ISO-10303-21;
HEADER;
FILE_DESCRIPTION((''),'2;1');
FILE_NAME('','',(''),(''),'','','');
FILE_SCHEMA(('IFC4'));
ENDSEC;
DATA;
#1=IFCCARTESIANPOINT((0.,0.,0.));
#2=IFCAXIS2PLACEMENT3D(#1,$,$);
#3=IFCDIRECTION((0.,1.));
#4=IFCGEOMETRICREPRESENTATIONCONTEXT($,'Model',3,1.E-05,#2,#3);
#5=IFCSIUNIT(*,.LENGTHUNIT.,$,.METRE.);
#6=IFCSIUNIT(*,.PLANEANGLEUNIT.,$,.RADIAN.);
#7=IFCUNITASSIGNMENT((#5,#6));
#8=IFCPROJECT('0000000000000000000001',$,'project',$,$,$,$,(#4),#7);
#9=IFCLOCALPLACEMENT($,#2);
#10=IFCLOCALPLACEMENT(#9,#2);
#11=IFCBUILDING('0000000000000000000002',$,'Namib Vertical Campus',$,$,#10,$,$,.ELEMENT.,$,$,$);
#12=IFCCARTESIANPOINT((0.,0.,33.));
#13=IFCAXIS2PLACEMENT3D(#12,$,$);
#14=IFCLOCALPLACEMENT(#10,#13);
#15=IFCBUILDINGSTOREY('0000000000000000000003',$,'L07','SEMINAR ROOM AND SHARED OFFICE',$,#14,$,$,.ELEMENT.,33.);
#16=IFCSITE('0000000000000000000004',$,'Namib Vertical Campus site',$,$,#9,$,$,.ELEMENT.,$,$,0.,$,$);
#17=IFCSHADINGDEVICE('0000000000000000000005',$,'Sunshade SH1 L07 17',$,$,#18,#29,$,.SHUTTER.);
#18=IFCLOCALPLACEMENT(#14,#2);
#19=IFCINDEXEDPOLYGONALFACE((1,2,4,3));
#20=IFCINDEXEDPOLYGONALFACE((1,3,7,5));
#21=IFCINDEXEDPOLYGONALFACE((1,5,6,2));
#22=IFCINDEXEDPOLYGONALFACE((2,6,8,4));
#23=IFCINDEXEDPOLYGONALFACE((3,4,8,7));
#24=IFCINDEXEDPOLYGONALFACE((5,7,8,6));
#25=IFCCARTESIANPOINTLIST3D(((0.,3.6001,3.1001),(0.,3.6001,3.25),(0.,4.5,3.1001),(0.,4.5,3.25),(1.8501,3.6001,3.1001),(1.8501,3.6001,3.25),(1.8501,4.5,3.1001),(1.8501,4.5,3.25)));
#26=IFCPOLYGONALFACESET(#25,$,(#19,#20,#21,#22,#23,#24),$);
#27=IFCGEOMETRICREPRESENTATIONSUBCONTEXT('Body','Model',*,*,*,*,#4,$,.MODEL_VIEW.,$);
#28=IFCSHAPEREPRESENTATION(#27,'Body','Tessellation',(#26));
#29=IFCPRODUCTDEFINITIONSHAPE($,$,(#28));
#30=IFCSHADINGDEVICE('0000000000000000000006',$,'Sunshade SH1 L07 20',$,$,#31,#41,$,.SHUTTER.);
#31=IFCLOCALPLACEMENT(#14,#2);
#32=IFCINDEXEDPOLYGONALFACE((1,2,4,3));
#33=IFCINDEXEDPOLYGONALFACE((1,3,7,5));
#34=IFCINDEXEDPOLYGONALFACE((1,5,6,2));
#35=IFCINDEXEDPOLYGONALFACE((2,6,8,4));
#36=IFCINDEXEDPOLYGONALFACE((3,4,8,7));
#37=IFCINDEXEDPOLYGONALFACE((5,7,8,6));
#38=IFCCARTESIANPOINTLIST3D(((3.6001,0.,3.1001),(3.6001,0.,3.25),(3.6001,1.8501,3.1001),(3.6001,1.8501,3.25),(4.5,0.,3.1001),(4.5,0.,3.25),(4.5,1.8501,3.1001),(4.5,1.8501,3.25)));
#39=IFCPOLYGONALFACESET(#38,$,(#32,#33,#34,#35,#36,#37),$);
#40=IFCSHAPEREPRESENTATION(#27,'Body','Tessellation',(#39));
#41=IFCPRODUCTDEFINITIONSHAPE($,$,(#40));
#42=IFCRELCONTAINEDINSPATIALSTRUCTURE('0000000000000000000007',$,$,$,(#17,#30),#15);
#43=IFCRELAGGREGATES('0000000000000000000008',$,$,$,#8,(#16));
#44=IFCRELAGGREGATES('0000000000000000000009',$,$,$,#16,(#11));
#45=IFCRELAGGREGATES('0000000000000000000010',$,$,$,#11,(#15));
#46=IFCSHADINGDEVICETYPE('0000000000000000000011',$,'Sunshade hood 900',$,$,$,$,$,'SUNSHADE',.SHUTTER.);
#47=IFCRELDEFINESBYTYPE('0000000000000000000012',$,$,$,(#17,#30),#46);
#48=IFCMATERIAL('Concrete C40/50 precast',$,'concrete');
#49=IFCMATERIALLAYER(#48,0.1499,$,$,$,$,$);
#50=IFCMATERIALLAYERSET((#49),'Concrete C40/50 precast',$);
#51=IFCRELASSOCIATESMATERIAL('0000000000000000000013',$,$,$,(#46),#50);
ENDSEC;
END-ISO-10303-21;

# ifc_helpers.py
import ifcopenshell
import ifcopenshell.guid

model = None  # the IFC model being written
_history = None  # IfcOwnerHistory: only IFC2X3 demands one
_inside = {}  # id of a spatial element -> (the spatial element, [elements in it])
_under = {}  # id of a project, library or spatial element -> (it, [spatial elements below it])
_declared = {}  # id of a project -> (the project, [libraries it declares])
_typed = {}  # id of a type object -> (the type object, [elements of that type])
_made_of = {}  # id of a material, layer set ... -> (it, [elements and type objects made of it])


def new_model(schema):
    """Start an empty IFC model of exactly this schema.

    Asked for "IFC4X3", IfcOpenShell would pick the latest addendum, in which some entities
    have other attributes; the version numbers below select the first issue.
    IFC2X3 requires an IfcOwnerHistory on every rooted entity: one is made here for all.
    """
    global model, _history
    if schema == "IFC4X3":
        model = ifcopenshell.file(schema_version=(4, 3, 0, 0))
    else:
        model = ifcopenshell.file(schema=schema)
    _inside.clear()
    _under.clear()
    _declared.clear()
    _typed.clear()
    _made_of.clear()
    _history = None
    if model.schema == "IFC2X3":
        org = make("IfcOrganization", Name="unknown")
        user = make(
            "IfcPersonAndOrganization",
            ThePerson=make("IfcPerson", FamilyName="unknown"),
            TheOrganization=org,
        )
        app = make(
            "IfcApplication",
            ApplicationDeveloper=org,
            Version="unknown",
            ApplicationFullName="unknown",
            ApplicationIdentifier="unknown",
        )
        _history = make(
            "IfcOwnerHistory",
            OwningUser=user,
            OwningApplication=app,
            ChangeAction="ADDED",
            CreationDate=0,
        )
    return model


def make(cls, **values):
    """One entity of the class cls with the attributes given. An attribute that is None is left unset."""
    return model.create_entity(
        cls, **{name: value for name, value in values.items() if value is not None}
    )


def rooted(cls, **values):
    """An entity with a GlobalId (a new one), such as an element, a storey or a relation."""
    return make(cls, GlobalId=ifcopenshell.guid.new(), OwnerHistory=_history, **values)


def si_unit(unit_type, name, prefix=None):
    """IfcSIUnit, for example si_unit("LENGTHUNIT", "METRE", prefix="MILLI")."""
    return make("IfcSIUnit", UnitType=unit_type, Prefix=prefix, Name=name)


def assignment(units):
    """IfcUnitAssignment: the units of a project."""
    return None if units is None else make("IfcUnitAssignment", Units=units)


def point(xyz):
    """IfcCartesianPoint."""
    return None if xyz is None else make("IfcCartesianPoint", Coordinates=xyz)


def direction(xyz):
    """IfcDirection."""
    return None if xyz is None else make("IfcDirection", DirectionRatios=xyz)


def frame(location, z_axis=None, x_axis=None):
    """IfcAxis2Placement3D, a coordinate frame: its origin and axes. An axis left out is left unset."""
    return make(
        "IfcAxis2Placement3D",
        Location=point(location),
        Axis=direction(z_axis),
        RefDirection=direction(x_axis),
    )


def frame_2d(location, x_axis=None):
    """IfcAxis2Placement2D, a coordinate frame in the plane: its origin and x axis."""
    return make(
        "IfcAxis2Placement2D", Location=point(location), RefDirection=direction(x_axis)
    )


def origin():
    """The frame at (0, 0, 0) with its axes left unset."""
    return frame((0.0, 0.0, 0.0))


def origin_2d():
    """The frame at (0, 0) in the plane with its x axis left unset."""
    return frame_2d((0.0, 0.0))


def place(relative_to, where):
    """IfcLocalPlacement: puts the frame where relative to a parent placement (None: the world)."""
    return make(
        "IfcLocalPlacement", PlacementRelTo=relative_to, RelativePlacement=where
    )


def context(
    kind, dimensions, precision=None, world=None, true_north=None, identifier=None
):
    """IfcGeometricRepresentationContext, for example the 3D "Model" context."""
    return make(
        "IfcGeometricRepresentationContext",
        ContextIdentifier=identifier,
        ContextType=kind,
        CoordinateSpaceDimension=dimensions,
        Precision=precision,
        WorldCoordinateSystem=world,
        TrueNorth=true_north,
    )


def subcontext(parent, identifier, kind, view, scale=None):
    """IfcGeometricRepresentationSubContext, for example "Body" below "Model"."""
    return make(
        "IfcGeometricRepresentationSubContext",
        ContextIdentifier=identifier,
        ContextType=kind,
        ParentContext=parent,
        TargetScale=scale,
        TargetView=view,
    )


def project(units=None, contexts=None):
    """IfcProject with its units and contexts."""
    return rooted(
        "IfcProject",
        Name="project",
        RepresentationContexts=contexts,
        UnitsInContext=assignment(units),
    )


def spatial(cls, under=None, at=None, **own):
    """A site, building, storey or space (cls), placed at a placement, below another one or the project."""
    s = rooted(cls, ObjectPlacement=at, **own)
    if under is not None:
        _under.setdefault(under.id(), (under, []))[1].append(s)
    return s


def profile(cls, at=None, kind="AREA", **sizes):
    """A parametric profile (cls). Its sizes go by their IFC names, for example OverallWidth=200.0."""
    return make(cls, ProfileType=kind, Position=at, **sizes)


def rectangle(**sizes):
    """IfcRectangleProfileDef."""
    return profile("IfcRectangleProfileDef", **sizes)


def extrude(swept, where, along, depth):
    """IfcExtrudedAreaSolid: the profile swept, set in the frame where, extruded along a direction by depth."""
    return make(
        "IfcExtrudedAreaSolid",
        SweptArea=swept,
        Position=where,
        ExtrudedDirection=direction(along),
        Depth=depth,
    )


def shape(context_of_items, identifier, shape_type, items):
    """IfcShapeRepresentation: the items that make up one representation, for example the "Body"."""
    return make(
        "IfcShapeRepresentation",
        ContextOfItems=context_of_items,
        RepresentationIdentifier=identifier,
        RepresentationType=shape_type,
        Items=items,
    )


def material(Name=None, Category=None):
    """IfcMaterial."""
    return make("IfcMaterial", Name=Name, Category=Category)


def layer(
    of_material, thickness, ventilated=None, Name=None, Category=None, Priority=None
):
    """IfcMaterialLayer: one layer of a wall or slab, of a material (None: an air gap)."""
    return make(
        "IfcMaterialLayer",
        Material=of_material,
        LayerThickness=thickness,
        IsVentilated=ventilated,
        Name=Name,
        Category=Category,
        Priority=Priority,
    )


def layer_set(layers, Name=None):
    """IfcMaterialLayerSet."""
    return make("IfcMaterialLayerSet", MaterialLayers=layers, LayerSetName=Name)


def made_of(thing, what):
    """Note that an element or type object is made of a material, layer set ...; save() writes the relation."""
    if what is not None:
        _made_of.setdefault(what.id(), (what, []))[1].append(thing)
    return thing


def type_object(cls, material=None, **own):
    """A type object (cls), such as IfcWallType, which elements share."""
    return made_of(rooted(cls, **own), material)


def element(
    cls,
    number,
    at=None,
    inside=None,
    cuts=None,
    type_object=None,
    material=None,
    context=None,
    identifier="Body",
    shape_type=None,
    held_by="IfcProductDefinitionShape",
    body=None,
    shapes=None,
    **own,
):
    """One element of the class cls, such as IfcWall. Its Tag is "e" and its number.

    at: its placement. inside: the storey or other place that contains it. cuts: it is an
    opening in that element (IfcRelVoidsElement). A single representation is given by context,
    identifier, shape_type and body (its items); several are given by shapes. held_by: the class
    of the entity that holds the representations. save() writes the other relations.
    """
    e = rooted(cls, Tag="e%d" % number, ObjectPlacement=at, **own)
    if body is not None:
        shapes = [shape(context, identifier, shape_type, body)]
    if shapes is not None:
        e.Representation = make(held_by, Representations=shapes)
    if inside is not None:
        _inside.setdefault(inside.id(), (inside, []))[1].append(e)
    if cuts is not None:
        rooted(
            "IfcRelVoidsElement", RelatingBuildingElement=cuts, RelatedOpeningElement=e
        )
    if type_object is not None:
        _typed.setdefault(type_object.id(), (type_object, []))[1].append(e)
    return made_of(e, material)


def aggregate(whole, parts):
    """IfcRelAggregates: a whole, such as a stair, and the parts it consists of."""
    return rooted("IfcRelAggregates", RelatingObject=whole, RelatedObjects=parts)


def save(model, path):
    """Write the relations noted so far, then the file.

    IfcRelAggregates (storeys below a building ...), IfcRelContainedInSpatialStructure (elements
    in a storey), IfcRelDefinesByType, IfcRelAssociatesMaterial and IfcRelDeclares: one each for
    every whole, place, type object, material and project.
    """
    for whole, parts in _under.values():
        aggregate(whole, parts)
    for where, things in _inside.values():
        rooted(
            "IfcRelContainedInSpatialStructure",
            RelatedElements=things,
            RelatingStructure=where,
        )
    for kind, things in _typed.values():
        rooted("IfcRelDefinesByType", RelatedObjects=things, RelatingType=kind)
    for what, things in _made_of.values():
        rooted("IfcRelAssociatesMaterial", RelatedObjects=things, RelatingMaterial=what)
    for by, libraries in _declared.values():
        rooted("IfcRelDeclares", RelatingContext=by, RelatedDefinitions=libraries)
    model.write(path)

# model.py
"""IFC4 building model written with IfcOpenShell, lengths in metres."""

from ifc_helpers import new_model, si_unit, direction, frame, origin, origin_2d, place, context, subcontext, project, spatial, rectangle, extrude, material, layer, layer_set, type_object, element, save


model = new_model("IFC4")

# Units and contexts
model_context = context("Model", 3, precision=1e-05, world=origin(), true_north=direction((0.0, 1.0)))
body_context = subcontext(model_context, "Body", "Model", "MODEL_VIEW")
ifc_project = project(units=[si_unit("LENGTHUNIT", "METRE"), si_unit("PLANEANGLEUNIT", "RADIAN")], contexts=[model_context])

# Site, building, storey
site_placement = place(None, origin())
site = spatial("IfcSite", under=ifc_project, at=site_placement, Name="Namib Vertical Campus site", CompositionType="ELEMENT", RefElevation=0.0)
building_placement = place(site_placement, origin())
building = spatial("IfcBuilding", under=site, at=building_placement, Name="Namib Vertical Campus", CompositionType="ELEMENT")
storey_placement = place(building_placement, frame((0.0, 0.0, 33.0)))
storey = spatial("IfcBuildingStorey", under=building, at=storey_placement, Name="L07", Description="SEMINAR ROOM AND SHARED OFFICE", CompositionType="ELEMENT", Elevation=33.0)

# Shading devices
ifc_material_1 = material(Name="Concrete C40/50 precast", Category="concrete")
ifc_layer_1 = layer(ifc_material_1, 0.1499)
ifc_layer_set_1 = layer_set([ifc_layer_1], Name="Concrete C40/50 precast")
shading_device_type = type_object("IfcShadingDeviceType", Name="Sunshade hood 900", ElementType="SUNSHADE", PredefinedType="SHUTTER", material=ifc_layer_set_1)
for number, where, z_axis, x_axis, name in (
    (1, (0.925, 4.05, 3.1001), (0.0, 0.0, 1.0), (1.0, 0.0, 0.0), "Sunshade SH1 L07 17"),
    (2, (4.05, 0.925, 3.1001), (0.0, 0.0, 1.0), (0.0, -1.0, 0.0), "Sunshade SH1 L07 20"),
):
    element("IfcShadingDevice", number, at=place(storey_placement, frame(where, z_axis=z_axis, x_axis=x_axis)), inside=storey, type_object=shading_device_type, Name=name, PredefinedType="SHUTTER", context=body_context, shape_type="SweptSolid", body=[
        extrude(rectangle(XDim=1.8501, YDim=0.8999, at=origin_2d()), origin(), (0.0, 0.0, 1.0), 0.1499),
    ])

save(model, "model.ifc")
